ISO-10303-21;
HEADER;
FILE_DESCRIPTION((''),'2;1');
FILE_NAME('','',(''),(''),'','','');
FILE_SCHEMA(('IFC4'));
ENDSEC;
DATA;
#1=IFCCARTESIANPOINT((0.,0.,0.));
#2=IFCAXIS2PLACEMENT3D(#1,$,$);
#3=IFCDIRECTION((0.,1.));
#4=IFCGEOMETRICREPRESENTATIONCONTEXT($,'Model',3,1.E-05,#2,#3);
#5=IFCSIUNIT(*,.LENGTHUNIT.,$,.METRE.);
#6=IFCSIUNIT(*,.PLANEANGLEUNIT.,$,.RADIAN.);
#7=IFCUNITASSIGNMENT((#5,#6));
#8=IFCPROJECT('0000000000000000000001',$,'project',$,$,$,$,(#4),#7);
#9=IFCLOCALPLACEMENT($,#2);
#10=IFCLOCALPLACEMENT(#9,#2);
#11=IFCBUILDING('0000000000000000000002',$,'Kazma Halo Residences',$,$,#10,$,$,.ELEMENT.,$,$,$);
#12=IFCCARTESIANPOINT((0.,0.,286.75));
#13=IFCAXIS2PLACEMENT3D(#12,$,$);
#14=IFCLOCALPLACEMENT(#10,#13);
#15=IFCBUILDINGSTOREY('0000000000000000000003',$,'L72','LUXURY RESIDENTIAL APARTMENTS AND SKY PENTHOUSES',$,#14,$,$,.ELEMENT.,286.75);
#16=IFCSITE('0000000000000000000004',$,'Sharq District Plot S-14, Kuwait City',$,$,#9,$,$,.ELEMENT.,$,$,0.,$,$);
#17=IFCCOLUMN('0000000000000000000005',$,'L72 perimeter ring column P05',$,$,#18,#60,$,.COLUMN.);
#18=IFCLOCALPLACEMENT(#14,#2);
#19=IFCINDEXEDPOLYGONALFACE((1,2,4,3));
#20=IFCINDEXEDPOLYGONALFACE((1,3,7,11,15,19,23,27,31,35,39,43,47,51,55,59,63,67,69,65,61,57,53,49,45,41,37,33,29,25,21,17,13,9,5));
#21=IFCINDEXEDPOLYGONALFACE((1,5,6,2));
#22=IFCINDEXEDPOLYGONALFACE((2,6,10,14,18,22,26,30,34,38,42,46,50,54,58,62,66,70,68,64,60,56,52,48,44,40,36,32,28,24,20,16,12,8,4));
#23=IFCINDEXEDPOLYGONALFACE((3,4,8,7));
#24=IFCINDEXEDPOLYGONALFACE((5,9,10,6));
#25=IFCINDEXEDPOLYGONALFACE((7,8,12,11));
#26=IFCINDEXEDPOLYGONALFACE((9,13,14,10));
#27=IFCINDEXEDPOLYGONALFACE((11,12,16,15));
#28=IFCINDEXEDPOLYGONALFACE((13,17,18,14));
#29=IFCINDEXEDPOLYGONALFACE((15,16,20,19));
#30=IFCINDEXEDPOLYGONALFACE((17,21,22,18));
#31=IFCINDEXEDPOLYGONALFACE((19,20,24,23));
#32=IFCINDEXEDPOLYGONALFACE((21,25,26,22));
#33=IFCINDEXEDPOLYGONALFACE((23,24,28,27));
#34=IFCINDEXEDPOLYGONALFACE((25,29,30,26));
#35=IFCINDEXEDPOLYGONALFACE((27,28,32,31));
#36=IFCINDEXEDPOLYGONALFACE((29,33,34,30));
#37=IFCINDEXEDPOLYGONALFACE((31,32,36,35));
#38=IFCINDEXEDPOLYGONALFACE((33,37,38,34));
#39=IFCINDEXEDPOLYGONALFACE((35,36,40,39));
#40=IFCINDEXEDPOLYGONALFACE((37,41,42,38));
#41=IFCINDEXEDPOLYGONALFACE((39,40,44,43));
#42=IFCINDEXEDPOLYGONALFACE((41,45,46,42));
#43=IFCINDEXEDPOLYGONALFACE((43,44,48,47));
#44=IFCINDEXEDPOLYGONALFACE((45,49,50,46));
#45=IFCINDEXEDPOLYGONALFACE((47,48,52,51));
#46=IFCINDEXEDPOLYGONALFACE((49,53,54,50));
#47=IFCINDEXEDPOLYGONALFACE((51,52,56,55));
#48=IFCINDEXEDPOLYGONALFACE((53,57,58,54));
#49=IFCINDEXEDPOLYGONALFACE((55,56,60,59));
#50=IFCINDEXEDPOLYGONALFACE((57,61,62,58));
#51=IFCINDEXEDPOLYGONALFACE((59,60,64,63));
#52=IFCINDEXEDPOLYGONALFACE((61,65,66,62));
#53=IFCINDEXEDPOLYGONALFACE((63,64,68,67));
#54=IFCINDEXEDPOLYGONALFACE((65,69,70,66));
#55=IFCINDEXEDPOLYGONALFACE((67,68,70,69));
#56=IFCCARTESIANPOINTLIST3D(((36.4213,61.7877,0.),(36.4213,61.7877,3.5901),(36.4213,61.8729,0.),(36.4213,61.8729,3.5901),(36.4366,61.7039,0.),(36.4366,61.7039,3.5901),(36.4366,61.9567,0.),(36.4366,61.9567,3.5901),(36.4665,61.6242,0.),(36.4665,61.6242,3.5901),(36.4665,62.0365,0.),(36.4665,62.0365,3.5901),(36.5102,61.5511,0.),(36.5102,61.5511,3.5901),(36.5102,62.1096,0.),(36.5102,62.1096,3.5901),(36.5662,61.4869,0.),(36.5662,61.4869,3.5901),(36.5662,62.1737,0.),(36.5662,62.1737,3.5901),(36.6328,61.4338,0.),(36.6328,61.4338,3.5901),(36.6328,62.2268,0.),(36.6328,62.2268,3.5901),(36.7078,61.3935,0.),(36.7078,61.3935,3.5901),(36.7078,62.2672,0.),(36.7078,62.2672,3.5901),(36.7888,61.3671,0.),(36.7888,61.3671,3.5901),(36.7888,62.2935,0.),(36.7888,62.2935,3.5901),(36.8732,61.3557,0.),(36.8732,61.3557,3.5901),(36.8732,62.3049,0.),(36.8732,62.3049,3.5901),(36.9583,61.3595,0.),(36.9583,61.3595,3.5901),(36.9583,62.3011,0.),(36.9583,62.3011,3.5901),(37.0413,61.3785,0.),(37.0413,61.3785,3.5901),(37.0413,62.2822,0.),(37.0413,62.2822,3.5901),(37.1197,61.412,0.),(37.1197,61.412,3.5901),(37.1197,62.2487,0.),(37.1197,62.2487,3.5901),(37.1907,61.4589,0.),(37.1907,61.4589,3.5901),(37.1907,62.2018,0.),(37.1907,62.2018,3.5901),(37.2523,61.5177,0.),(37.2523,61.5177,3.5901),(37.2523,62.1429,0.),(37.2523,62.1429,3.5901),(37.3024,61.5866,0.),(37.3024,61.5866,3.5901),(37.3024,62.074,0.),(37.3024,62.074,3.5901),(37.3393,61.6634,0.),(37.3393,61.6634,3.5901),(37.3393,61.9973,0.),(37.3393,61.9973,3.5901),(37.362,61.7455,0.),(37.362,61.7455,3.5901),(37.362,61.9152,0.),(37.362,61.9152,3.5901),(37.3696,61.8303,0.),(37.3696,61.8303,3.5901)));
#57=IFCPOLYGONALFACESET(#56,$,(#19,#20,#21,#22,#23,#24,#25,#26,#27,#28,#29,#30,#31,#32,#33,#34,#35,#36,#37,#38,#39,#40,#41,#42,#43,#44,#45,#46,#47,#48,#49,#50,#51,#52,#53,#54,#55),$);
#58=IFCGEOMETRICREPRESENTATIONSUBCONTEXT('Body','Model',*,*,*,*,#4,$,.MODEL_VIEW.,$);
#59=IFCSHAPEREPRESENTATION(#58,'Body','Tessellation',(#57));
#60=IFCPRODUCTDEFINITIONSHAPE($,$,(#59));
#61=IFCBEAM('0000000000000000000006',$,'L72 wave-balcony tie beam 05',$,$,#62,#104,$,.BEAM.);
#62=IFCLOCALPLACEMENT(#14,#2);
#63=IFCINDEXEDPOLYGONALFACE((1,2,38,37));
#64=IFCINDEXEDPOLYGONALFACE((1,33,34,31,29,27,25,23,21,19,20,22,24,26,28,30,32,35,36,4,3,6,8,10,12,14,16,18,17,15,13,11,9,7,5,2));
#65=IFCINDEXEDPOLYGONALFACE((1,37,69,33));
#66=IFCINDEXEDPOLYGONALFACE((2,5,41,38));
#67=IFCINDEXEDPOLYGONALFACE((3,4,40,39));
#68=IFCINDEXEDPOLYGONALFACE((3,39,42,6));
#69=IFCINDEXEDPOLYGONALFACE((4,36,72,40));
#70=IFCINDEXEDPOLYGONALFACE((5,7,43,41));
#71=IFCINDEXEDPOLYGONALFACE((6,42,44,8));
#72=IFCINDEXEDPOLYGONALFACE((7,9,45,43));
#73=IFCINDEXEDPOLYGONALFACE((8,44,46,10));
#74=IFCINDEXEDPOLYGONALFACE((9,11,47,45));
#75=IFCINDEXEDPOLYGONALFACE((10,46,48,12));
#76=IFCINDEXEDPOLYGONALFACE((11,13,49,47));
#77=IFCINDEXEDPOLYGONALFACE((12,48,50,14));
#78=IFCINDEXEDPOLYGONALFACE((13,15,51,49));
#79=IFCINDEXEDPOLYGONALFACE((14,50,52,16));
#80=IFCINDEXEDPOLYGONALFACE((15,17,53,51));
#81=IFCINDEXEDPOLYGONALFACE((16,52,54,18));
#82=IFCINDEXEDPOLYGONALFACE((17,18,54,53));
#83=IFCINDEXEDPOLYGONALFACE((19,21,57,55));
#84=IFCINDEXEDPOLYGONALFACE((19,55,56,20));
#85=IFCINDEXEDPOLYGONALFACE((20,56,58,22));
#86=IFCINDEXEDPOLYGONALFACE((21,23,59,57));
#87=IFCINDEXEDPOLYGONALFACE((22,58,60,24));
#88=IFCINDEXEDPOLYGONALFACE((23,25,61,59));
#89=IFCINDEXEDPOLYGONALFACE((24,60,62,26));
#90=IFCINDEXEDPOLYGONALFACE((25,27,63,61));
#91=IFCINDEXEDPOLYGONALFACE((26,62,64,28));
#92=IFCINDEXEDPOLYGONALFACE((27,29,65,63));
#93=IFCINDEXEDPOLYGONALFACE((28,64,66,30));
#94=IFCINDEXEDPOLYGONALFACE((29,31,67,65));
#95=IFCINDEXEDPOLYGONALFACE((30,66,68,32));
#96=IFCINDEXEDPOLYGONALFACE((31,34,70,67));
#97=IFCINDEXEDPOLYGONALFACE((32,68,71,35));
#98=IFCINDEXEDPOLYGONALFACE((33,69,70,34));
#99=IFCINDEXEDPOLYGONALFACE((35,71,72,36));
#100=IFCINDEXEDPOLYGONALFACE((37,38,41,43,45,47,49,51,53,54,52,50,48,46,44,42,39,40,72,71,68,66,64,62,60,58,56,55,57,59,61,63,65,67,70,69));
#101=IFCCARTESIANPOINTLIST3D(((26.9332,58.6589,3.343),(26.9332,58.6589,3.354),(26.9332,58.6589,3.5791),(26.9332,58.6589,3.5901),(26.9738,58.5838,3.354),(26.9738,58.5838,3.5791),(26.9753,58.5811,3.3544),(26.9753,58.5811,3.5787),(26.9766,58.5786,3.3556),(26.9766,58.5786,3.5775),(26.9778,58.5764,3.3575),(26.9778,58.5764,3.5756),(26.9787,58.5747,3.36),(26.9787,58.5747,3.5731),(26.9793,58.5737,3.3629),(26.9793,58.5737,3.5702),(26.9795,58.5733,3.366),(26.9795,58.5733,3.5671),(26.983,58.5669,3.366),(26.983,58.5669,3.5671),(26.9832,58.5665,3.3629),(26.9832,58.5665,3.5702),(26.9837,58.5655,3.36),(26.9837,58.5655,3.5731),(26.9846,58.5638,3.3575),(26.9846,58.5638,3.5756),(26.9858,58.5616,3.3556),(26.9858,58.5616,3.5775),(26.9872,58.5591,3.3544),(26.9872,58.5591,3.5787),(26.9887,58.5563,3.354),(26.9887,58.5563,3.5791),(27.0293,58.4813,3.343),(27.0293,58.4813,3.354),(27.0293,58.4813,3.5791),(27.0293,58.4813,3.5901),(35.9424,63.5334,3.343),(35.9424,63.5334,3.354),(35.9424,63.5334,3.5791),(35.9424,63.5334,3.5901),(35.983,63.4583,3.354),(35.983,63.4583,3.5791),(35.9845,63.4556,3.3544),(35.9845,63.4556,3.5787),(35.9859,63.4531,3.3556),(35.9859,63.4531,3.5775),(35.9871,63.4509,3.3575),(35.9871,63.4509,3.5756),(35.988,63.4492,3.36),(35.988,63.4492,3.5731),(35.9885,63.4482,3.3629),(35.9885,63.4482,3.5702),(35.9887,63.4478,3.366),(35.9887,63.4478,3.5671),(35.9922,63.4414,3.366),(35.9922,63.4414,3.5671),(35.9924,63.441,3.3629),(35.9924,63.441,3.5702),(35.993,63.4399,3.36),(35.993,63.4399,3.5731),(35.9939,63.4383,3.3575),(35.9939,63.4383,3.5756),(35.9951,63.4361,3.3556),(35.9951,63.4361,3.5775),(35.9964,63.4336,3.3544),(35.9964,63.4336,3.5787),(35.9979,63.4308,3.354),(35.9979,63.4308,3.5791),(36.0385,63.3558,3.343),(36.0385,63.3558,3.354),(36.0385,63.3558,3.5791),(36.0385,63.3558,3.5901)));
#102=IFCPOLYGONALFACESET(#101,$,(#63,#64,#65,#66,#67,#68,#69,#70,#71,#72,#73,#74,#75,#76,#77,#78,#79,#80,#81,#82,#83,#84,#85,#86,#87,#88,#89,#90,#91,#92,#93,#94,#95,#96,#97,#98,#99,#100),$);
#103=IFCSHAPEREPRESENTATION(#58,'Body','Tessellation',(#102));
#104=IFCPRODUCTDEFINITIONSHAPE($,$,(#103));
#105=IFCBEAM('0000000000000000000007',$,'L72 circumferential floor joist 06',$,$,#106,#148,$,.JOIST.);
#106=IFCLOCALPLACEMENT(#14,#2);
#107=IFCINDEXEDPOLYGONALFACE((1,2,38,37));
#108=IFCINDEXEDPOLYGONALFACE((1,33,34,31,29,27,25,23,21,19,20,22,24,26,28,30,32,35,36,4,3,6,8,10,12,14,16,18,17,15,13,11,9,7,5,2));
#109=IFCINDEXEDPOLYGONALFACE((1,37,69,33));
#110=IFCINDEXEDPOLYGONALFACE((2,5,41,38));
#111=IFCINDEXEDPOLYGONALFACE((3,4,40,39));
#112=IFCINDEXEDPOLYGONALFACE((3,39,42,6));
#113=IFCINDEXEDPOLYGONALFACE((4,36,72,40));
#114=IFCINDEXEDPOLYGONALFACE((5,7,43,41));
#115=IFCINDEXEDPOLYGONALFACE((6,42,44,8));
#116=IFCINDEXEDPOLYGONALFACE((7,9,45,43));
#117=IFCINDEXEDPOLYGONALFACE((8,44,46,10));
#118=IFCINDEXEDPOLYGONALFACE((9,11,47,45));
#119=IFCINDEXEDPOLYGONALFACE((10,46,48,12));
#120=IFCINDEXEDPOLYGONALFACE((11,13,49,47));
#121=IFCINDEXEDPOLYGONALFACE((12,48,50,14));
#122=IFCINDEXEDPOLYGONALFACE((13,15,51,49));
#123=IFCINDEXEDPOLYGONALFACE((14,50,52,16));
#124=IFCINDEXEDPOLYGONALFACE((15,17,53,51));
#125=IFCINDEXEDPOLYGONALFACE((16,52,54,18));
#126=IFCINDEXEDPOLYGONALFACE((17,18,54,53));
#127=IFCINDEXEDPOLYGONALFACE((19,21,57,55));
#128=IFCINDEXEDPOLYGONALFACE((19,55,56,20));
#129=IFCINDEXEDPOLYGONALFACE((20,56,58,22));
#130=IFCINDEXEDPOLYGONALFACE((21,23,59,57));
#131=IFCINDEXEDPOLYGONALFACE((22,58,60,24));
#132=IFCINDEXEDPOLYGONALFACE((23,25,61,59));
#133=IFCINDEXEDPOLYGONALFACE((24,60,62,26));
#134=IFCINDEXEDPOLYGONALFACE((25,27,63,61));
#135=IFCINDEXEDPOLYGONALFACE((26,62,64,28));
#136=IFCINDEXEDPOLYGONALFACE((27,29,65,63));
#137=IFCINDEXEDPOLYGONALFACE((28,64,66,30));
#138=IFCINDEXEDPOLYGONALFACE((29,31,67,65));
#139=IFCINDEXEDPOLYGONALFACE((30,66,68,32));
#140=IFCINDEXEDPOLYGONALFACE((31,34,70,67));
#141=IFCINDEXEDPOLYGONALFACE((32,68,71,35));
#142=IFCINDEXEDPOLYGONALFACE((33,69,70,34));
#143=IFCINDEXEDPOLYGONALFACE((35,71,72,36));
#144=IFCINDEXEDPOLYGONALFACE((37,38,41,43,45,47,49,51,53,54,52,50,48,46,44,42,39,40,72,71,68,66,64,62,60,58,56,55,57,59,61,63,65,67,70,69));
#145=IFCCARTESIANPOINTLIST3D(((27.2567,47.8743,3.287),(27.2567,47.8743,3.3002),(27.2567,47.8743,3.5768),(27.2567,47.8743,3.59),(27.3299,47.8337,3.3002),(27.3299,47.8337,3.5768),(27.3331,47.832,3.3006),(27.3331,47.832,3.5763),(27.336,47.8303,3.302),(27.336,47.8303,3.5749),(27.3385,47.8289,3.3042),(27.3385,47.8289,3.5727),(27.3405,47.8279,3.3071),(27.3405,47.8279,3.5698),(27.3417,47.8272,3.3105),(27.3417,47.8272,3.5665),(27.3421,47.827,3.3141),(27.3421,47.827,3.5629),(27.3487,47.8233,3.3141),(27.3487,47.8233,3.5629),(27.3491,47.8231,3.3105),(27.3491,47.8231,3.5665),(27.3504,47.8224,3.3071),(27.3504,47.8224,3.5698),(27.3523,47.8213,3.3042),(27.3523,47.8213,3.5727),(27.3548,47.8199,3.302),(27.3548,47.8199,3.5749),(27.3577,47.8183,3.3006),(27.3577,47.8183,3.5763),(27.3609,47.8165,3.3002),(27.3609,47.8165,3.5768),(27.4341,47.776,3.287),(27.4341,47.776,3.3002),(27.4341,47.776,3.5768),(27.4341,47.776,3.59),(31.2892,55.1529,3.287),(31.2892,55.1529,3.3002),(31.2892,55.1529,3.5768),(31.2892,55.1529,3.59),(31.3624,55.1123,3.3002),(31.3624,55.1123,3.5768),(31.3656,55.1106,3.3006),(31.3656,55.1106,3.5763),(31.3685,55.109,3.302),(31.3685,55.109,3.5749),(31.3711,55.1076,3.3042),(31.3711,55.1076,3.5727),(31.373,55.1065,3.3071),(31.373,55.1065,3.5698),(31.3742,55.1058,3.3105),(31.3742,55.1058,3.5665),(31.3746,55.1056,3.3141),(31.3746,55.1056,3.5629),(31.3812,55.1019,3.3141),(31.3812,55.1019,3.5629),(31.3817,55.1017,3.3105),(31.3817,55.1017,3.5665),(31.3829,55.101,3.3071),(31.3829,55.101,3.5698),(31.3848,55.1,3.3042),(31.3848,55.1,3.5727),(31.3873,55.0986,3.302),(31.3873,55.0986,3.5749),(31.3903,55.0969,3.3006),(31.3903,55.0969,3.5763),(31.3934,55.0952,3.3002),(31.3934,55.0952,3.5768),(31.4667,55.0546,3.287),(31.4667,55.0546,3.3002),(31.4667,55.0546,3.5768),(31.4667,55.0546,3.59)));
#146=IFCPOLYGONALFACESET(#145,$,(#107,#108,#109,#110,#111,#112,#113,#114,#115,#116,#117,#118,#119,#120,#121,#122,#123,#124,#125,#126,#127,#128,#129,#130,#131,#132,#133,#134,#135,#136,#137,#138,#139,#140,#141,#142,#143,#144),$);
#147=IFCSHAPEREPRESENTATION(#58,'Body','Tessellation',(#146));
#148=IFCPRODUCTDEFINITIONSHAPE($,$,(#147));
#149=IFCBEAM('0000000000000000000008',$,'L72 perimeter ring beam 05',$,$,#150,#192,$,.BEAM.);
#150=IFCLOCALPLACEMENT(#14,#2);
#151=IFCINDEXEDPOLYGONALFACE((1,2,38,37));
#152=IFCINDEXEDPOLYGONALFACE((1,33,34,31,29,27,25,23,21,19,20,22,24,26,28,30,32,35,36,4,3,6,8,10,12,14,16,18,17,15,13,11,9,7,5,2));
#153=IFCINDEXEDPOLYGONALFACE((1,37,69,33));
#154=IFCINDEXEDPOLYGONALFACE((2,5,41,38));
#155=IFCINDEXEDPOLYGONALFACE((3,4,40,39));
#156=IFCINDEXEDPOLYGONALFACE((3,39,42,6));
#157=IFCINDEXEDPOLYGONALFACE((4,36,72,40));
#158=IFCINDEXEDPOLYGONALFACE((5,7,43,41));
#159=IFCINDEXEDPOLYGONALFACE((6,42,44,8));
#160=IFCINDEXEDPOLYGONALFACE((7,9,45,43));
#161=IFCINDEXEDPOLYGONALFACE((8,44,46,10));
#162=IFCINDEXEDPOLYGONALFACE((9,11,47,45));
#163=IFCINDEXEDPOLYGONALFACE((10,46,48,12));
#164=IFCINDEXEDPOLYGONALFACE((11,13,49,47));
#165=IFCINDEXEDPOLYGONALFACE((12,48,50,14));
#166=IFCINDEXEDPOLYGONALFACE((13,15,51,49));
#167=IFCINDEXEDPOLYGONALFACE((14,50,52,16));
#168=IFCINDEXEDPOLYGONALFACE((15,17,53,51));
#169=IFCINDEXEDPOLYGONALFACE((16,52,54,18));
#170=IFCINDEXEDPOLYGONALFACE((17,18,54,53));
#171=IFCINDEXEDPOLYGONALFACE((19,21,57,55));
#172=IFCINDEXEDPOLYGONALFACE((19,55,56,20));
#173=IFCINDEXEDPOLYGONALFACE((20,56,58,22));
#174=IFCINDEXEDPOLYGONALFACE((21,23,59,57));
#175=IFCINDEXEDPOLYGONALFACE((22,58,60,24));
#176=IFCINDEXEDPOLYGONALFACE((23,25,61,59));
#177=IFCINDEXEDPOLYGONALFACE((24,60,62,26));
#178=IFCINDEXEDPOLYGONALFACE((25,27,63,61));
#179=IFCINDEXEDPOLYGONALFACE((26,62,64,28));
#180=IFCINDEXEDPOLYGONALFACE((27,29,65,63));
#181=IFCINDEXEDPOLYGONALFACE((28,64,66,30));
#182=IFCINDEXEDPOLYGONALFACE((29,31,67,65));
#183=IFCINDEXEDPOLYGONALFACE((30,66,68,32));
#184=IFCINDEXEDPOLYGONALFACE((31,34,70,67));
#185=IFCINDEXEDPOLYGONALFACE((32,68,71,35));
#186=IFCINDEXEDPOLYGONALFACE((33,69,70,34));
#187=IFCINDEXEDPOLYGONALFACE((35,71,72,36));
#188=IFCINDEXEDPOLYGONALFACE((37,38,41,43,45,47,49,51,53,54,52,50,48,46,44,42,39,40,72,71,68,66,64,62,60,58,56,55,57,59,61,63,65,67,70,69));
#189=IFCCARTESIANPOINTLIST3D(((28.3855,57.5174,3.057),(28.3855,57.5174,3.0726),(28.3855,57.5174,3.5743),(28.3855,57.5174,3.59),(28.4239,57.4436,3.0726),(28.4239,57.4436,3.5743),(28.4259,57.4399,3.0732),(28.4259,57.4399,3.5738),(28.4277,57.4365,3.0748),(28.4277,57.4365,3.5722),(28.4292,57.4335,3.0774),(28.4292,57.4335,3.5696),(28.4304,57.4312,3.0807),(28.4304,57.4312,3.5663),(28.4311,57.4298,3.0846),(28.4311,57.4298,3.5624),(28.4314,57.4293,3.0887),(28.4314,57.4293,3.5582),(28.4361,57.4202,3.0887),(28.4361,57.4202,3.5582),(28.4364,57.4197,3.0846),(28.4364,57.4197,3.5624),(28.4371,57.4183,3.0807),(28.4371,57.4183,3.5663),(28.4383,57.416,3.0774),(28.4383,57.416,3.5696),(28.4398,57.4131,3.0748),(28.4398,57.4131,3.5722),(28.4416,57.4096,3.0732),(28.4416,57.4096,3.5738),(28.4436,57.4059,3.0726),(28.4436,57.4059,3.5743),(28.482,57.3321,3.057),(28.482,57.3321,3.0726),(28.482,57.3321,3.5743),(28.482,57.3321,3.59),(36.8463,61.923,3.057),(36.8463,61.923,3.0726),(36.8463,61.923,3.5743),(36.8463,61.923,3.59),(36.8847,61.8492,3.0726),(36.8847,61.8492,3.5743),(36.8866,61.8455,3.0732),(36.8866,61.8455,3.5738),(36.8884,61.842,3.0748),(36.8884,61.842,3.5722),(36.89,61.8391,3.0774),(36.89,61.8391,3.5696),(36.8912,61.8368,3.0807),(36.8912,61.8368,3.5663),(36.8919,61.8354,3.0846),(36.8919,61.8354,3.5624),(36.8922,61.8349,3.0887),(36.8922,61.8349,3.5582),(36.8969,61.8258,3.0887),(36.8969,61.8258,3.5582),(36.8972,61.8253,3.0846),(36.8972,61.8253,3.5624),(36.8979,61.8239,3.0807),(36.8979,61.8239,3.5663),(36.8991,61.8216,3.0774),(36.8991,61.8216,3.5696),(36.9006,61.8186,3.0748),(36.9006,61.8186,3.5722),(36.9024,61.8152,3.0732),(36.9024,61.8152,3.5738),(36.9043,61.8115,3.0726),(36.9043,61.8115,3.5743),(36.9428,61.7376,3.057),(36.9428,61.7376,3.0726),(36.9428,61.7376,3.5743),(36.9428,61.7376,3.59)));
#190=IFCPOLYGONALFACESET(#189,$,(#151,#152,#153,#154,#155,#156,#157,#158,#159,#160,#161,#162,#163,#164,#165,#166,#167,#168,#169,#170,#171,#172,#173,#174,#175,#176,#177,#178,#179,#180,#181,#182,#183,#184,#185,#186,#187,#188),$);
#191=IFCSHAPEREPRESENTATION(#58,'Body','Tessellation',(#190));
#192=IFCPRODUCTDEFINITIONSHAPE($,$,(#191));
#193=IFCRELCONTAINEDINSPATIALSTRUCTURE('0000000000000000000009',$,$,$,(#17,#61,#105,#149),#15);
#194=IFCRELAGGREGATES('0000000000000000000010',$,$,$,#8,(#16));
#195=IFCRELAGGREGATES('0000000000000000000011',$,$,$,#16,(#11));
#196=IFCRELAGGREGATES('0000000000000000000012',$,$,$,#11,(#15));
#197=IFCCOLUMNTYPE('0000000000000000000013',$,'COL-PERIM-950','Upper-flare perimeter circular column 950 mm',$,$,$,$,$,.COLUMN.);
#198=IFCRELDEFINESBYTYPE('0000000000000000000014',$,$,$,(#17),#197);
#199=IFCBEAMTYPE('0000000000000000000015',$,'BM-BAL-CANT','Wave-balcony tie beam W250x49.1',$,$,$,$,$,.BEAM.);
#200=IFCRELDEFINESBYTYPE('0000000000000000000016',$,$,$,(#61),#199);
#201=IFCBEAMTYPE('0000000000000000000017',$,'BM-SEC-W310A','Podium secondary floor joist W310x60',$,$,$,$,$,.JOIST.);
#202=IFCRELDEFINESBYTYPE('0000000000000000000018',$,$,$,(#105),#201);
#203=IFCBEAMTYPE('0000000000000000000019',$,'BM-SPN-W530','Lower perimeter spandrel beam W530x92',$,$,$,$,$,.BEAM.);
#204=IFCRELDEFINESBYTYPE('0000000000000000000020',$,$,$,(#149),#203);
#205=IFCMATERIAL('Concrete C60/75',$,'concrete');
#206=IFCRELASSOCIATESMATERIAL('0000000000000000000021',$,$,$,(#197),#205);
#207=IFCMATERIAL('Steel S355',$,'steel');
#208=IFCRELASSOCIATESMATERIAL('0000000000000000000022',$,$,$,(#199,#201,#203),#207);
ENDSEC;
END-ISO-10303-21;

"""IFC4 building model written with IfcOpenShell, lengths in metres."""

from ifc_helpers import new_model, si_unit, direction, frame, origin, origin_2d, place, context, subcontext, project, spatial, circle, i_section, extrude, material, material_profile, profile_set, type_object, element, save


model = new_model("IFC4")

# Units and contexts
model_context = context("Model", 3, precision=1e-05, world=origin(), true_north=direction((0.0, 1.0)))
body_context = subcontext(model_context, "Body", "Model", "MODEL_VIEW")
ifc_project = project(units=[si_unit("LENGTHUNIT", "METRE"), si_unit("PLANEANGLEUNIT", "RADIAN")], contexts=[model_context])

# Site, building, storey
site_placement = place(None, origin())
site = spatial("IfcSite", under=ifc_project, at=site_placement, Name="Sharq District Plot S-14, Kuwait City", CompositionType="ELEMENT", RefElevation=0.0)
building_placement = place(site_placement, origin())
building = spatial("IfcBuilding", under=site, at=building_placement, Name="Kazma Halo Residences", CompositionType="ELEMENT")
storey_placement = place(building_placement, frame((0.0, 0.0, 286.75)))
storey = spatial("IfcBuildingStorey", under=building, at=storey_placement, Name="L72", Description="LUXURY RESIDENTIAL APARTMENTS AND SKY PENTHOUSES", CompositionType="ELEMENT", Elevation=286.75)

# Column
ifc_material_1 = material(Name="Concrete C60/75", Category="concrete")
ifc_material_profile_1 = material_profile(ifc_material_1, circle(Radius=0.4751, at=origin_2d()), Name="CIRC950")
ifc_profile_set_1 = profile_set([ifc_material_profile_1], Name="Concrete C60/75")
column_type = type_object("IfcColumnType", Name="COL-PERIM-950", Description="Upper-flare perimeter circular column 950 mm", PredefinedType="COLUMN", material=ifc_profile_set_1)
column_placement = place(storey_placement, frame((36.8945, 61.8303, 0.0), z_axis=(0.0, 0.0, 1.0), x_axis=(1.0, 0.0, 0.0)))
element("IfcColumn", 1, at=column_placement, inside=storey, type_object=column_type, Name="L72 perimeter ring column P05", PredefinedType="COLUMN", context=body_context, shape_type="SweptSolid", body=[
    extrude(circle(Radius=0.4751, at=origin_2d()), origin(), (0.0, 0.0, 1.0), 3.5901),
])

# Beams
ifc_material_2 = material(Name="Steel S355", Category="steel")
ifc_material_profile_2 = material_profile(ifc_material_2, i_section(OverallWidth=0.2019, OverallDepth=0.2471, WebThickness=0.0073, FlangeThickness=0.011, FilletRadius=0.012, at=origin_2d()), Name="W250x49.1")
ifc_profile_set_2 = profile_set([ifc_material_profile_2], Name="Steel S355")
beam_type_1 = type_object("IfcBeamType", Name="BM-BAL-CANT", Description="Wave-balcony tie beam W250x49.1", PredefinedType="BEAM", material=ifc_profile_set_2)
beam_1_placement = place(storey_placement, frame((35.9905, 63.4446, 3.4666), z_axis=(-0.879517, -0.475867, 0.0), x_axis=(0.475867, -0.879517, 0.0)))
element("IfcBeam", 2, at=beam_1_placement, inside=storey, type_object=beam_type_1, Name="L72 wave-balcony tie beam 05", PredefinedType="BEAM", context=body_context, shape_type="SweptSolid", body=[
    extrude(i_section(OverallWidth=0.2019, OverallDepth=0.2471, WebThickness=0.0073, FlangeThickness=0.011, FilletRadius=0.012, at=origin_2d()), origin(), (0.0, 0.0, 1.0), 10.2434),
])
ifc_material_profile_3 = material_profile(ifc_material_2, i_section(OverallWidth=0.2029, OverallDepth=0.303, WebThickness=0.0076, FlangeThickness=0.0132, FilletRadius=0.0139, at=origin_2d()), Name="W310x60")
ifc_profile_set_3 = profile_set([ifc_material_profile_3], Name="Steel S355")
beam_type_2 = type_object("IfcBeamType", Name="BM-SEC-W310A", Description="Podium secondary floor joist W310x60", PredefinedType="JOIST", material=ifc_profile_set_3)
beam_2_placement = place(storey_placement, frame((31.3779, 55.1038, 3.4385), z_axis=(-0.484616, -0.874727, 0.0), x_axis=(0.874727, -0.484616, 0.0)))
element("IfcBeam", 3, at=beam_2_placement, inside=storey, type_object=beam_type_2, Name="L72 circumferential floor joist 06", PredefinedType="JOIST", context=body_context, shape_type="SweptSolid", body=[
    extrude(i_section(OverallWidth=0.2029, OverallDepth=0.303, WebThickness=0.0076, FlangeThickness=0.0132, FilletRadius=0.0139, at=origin_2d()), origin(), (0.0, 0.0, 1.0), 8.321),
])
ifc_material_profile_4 = material_profile(ifc_material_2, i_section(OverallWidth=0.209, OverallDepth=0.533, WebThickness=0.0103, FlangeThickness=0.0156, FilletRadius=0.0161, at=origin_2d()), Name="W530x92")
ifc_profile_set_4 = profile_set([ifc_material_profile_4], Name="Steel S355")
beam_type_3 = type_object("IfcBeamType", Name="BM-SPN-W530", Description="Lower perimeter spandrel beam W530x92", PredefinedType="BEAM", material=ifc_profile_set_4)
beam_3_placement = place(storey_placement, frame((36.8945, 61.8303, 3.3235), z_axis=(-0.886961, -0.461844, 0.0), x_axis=(0.461844, -0.886961, 0.0)))
element("IfcBeam", 4, at=beam_3_placement, inside=storey, type_object=beam_type_3, Name="L72 perimeter ring beam 05", PredefinedType="BEAM", context=body_context, shape_type="SweptSolid", body=[
    extrude(i_section(OverallWidth=0.209, OverallDepth=0.533, WebThickness=0.0103, FlangeThickness=0.0156, FilletRadius=0.0161, at=origin_2d()), origin(), (0.0, 0.0, 1.0), 9.5391),
])

save(model, "model.ifc")
